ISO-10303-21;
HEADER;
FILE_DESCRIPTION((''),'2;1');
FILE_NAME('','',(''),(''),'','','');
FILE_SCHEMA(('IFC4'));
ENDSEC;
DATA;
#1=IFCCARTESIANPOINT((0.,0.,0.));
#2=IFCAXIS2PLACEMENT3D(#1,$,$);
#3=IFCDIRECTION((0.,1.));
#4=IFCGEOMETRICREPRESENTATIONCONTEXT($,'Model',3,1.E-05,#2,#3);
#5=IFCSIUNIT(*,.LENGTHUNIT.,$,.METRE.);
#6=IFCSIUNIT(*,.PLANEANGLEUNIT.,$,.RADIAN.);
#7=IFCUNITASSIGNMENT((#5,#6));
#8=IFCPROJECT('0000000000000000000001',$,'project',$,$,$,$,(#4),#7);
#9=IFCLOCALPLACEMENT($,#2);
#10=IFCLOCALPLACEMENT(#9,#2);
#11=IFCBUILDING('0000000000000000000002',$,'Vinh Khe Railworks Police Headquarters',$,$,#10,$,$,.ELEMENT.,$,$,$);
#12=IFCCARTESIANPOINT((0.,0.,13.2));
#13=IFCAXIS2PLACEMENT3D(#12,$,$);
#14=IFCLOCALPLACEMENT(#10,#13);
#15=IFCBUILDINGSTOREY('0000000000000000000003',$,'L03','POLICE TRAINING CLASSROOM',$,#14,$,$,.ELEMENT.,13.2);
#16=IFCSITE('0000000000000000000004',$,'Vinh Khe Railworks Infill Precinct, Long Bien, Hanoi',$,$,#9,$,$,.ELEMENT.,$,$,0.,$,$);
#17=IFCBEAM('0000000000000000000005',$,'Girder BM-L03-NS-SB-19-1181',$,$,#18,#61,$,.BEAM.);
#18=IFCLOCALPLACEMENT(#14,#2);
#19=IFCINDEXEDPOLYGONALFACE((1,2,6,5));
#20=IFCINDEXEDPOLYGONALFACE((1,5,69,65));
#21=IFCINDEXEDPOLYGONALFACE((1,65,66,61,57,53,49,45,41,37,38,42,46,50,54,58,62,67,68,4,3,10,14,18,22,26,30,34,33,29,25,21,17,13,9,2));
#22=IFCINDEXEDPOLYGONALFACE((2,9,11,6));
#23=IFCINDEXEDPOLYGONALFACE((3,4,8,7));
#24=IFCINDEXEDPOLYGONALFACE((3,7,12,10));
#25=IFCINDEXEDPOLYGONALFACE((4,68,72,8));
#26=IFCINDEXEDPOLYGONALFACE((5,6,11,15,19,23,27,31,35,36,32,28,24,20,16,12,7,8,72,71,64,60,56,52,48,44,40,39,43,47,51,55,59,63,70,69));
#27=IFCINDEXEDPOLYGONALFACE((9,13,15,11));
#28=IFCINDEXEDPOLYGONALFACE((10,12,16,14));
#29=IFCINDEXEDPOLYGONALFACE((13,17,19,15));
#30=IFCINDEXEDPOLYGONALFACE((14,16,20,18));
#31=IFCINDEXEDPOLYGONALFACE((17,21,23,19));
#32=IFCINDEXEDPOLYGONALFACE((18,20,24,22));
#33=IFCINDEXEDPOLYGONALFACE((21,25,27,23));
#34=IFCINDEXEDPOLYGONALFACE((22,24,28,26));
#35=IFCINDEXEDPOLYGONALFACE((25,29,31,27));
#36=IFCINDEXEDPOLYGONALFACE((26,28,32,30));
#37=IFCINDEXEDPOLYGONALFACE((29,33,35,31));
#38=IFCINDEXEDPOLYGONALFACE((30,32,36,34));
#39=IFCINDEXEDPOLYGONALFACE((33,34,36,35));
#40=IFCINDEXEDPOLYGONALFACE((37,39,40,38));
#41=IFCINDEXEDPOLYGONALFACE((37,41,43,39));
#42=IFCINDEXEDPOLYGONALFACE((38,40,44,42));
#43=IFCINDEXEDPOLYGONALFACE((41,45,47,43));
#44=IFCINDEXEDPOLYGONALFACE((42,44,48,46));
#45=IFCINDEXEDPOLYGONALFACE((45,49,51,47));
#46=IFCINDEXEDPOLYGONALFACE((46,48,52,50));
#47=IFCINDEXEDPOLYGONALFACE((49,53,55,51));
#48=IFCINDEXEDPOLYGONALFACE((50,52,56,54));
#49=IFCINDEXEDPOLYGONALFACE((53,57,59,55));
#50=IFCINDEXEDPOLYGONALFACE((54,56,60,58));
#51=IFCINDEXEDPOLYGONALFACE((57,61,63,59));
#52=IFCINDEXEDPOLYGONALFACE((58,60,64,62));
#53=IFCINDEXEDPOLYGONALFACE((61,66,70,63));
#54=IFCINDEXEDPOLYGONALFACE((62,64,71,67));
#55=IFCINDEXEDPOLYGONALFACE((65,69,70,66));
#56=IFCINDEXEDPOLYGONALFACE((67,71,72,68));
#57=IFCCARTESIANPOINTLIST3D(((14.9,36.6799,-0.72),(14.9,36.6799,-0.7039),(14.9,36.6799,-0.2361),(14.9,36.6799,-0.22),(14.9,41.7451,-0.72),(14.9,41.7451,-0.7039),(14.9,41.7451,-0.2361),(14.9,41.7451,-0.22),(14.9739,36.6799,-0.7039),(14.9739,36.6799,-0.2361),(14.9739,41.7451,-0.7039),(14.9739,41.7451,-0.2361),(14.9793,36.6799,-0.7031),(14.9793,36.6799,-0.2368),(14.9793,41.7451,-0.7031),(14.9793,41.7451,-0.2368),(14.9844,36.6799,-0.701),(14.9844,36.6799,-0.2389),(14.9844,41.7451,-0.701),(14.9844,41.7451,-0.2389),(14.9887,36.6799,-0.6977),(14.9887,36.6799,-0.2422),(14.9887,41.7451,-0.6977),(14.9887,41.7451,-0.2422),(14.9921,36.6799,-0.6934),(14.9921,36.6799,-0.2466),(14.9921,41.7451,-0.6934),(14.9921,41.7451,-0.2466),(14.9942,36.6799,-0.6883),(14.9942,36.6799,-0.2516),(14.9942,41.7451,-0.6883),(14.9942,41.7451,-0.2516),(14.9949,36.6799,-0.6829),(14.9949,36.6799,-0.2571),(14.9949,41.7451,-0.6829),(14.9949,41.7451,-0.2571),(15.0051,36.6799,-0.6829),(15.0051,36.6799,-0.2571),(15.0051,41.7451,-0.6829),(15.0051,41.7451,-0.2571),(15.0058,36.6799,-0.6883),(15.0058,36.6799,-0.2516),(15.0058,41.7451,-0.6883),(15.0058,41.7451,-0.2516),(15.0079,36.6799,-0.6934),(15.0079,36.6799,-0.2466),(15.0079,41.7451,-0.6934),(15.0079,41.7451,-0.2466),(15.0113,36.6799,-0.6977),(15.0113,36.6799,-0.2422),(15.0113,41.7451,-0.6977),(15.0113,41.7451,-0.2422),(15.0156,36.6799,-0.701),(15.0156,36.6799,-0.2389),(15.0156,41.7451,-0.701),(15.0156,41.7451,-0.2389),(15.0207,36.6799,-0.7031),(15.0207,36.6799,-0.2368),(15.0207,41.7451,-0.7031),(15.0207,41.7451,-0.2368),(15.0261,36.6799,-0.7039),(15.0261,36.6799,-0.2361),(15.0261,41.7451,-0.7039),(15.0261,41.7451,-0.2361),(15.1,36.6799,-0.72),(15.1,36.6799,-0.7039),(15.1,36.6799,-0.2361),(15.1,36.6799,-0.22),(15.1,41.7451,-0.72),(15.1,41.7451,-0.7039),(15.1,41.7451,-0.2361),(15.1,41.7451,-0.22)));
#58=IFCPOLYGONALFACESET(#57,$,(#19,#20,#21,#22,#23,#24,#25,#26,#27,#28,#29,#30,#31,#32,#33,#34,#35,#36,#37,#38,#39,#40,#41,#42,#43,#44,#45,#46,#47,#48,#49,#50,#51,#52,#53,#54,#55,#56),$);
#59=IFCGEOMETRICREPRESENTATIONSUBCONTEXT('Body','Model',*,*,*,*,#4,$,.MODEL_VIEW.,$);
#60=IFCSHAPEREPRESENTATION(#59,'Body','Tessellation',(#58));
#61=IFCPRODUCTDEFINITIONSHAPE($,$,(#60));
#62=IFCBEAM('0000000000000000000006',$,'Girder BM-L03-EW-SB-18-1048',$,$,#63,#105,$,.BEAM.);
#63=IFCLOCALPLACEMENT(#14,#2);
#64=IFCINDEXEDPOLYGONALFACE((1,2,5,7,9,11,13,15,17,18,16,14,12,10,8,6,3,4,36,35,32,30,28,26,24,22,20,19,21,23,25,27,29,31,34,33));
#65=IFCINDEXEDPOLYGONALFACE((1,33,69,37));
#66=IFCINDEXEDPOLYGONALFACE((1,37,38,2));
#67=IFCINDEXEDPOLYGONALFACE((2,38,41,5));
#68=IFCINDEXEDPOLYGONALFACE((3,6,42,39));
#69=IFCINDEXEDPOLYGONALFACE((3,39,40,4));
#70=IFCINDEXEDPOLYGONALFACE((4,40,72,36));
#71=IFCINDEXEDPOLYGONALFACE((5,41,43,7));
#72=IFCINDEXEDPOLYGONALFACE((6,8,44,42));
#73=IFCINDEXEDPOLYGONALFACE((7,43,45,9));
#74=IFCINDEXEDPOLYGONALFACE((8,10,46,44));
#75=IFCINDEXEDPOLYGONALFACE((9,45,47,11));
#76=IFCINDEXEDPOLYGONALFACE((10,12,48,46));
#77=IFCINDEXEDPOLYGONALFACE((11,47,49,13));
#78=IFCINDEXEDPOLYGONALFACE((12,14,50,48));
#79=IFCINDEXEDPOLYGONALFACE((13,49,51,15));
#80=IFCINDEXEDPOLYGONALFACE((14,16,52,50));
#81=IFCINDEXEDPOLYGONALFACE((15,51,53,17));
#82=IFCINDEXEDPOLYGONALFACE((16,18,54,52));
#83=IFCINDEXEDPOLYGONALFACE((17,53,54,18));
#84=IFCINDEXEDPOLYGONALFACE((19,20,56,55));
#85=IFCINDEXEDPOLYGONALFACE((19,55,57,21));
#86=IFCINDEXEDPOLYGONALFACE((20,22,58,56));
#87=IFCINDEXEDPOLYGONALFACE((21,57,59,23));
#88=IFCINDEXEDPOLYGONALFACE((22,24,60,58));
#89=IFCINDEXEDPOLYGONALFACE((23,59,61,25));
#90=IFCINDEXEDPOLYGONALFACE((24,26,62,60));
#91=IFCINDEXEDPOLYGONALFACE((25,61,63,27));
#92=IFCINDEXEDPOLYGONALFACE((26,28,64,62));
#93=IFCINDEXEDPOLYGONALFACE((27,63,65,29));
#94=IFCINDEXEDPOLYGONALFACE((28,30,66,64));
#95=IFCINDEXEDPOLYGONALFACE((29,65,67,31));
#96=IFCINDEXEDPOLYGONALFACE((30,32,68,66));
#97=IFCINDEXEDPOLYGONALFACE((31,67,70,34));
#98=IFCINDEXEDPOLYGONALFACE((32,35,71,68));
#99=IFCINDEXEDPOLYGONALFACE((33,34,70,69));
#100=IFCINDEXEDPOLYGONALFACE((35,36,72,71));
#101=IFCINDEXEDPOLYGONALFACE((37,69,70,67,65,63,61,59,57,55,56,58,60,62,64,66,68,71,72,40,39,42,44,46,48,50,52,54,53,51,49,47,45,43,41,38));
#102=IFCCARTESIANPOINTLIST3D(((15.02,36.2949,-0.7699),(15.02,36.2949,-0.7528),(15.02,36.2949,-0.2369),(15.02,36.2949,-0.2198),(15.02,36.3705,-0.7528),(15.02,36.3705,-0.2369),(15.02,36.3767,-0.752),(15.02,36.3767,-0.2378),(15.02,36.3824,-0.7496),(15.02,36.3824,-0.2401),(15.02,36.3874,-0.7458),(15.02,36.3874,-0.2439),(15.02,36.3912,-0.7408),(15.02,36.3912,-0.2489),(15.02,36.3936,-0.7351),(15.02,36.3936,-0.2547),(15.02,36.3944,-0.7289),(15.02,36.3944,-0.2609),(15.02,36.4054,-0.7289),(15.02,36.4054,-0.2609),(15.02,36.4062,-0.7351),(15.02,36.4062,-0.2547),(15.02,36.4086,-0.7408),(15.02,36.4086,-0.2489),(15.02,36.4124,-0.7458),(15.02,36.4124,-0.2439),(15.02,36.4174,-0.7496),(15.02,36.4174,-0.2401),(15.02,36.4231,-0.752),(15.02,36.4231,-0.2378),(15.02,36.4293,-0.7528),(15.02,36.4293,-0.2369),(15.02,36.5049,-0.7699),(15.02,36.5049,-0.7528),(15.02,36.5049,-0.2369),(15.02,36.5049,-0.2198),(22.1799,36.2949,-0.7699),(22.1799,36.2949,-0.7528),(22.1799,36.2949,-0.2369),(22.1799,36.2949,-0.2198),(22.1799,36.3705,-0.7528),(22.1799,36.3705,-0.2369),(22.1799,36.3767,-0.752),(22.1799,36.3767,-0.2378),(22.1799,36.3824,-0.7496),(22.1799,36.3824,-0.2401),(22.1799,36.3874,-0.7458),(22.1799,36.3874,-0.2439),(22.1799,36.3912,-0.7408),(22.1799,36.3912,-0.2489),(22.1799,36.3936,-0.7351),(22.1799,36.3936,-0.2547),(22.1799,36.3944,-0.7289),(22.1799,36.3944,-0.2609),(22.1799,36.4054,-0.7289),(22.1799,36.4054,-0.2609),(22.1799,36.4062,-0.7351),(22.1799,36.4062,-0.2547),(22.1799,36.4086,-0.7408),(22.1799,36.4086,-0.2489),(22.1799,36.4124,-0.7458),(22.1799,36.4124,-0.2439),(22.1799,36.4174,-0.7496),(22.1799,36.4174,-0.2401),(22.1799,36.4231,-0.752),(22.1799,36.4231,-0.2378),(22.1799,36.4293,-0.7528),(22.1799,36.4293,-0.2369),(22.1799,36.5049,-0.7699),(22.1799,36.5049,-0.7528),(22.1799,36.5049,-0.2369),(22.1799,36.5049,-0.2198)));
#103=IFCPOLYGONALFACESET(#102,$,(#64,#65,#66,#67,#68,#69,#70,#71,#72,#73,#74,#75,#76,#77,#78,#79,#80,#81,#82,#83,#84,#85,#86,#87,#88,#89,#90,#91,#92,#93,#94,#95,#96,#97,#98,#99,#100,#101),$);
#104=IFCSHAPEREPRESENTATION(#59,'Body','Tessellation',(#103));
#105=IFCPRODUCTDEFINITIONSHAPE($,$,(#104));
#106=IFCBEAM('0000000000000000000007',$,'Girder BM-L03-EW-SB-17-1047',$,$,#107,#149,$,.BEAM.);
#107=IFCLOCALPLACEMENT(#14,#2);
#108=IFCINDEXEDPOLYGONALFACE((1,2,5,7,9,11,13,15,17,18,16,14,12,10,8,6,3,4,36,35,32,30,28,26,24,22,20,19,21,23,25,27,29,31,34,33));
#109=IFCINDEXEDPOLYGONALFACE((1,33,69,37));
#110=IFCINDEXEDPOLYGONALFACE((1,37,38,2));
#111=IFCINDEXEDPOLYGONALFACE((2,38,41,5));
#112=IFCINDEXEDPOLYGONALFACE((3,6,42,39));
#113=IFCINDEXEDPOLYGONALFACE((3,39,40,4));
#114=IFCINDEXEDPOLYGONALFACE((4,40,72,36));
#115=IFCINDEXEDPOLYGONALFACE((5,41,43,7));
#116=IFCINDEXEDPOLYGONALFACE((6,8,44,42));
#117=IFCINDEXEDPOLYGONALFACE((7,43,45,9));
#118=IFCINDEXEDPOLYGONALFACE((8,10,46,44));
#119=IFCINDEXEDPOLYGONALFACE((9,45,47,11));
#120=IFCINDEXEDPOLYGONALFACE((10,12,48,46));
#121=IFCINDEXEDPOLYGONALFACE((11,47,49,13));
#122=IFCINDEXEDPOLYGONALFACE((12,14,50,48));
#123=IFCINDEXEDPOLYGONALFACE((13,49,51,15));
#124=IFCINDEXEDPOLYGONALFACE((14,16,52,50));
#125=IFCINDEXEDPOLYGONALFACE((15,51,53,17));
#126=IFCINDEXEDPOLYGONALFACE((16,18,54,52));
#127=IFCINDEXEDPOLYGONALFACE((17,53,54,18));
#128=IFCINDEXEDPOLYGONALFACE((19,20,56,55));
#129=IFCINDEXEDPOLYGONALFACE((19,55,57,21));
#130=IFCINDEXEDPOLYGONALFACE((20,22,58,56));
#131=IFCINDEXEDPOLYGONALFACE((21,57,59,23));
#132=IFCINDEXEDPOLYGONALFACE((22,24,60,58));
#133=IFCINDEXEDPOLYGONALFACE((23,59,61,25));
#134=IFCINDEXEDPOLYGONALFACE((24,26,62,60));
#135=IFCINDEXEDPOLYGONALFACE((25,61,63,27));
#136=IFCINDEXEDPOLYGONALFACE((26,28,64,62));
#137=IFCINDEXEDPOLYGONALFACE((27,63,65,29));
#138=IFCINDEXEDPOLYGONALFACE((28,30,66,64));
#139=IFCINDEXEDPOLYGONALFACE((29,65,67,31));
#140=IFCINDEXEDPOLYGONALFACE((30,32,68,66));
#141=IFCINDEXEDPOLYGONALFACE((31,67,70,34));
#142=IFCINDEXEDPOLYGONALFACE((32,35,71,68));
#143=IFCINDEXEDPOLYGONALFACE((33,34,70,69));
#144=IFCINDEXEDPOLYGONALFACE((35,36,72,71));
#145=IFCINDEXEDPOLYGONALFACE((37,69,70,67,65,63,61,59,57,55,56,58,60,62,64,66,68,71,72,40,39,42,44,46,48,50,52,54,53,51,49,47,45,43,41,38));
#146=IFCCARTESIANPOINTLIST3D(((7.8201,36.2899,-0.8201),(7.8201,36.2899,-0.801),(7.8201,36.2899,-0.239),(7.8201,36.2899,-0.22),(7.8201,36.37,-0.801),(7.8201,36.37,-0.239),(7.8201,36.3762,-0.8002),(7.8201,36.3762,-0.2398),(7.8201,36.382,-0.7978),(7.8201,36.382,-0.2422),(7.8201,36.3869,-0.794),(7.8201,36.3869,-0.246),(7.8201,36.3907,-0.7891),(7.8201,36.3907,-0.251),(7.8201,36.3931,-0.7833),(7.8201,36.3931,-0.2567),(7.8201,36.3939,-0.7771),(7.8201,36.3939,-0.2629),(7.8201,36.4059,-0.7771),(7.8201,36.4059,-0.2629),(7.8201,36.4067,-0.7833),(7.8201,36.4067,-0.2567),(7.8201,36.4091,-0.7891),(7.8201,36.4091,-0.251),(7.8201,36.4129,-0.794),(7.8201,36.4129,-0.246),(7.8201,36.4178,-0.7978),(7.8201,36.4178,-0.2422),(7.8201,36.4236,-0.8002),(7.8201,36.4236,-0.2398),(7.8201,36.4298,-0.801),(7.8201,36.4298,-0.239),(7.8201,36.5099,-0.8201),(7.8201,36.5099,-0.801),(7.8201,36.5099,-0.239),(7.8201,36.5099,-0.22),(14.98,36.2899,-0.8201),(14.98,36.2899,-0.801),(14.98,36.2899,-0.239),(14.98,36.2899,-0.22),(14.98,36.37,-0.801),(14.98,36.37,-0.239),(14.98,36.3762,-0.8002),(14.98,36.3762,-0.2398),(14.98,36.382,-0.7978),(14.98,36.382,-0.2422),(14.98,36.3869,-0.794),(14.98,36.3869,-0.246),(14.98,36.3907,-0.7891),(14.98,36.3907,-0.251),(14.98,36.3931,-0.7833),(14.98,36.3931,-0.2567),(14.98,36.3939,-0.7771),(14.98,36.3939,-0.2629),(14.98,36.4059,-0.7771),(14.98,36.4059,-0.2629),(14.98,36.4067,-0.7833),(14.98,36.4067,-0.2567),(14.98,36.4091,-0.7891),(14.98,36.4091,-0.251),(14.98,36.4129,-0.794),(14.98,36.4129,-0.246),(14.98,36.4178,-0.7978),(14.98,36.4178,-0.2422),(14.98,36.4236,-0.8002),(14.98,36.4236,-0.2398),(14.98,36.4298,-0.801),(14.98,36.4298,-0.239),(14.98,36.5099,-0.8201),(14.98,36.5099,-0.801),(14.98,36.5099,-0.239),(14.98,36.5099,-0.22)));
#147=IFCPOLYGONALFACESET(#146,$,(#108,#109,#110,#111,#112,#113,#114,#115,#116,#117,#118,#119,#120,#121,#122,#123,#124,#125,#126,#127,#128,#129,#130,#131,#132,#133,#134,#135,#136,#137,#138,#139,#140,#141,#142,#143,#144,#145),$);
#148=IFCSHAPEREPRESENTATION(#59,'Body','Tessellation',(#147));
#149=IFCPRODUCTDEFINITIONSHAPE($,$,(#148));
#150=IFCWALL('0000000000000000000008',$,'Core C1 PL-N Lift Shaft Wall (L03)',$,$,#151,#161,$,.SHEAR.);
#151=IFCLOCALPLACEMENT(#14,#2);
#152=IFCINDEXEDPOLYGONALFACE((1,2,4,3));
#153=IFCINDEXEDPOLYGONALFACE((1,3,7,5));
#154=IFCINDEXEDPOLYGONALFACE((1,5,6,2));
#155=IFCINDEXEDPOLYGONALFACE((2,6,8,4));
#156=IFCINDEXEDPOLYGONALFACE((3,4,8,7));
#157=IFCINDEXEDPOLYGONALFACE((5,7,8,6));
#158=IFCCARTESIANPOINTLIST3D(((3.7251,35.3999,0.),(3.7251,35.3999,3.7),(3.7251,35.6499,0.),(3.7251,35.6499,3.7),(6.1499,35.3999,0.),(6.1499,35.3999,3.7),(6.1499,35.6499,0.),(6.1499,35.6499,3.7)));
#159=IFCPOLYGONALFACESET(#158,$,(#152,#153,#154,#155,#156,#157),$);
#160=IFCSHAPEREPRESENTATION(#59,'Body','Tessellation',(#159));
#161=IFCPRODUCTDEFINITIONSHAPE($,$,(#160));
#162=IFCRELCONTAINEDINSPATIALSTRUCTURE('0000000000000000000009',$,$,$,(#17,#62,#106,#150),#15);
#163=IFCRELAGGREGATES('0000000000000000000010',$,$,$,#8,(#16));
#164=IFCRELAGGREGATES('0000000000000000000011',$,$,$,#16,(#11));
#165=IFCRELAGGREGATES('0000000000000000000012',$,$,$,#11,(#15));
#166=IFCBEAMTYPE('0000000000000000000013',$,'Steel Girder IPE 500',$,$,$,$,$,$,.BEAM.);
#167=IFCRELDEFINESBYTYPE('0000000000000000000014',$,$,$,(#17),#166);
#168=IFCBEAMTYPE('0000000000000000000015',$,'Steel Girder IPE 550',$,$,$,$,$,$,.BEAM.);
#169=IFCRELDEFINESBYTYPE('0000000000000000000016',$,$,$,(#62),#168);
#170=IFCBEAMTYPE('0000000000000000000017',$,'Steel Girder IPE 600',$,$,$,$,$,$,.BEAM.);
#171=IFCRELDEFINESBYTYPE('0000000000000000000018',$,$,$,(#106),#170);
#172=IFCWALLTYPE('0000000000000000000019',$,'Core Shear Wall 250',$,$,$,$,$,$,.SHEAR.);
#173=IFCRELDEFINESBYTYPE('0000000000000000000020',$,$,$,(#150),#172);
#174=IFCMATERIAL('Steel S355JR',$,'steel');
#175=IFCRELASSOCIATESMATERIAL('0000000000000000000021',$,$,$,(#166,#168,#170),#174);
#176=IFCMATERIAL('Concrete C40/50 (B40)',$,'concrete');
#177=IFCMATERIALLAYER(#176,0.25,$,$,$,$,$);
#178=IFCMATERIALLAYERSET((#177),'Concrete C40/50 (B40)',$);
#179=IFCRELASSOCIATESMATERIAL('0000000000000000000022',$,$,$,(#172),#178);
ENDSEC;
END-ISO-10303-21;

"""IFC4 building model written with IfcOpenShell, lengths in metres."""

from ifc_helpers import new_model, si_unit, direction, frame, frame_2d, origin, origin_2d, place, context, subcontext, project, spatial, rectangle, i_section, extrude, material, layer, layer_set, material_profile, profile_set, type_object, element, save


model = new_model("IFC4")

# Units and contexts
model_context = context("Model", 3, precision=1e-05, world=origin(), true_north=direction((0.0, 1.0)))
body_context = subcontext(model_context, "Body", "Model", "MODEL_VIEW")
ifc_project = project(units=[si_unit("LENGTHUNIT", "METRE"), si_unit("PLANEANGLEUNIT", "RADIAN")], contexts=[model_context])

# Site, building, storey
site_placement = place(None, origin())
site = spatial("IfcSite", under=ifc_project, at=site_placement, Name="Vinh Khe Railworks Infill Precinct, Long Bien, Hanoi", CompositionType="ELEMENT", RefElevation=0.0)
building_placement = place(site_placement, origin())
building = spatial("IfcBuilding", under=site, at=building_placement, Name="Vinh Khe Railworks Police Headquarters", CompositionType="ELEMENT")
storey_placement = place(building_placement, frame((0.0, 0.0, 13.2)))
storey = spatial("IfcBuildingStorey", under=building, at=storey_placement, Name="L03", Description="POLICE TRAINING CLASSROOM", CompositionType="ELEMENT", Elevation=13.2)

# Shared definitions
ifc_material_1 = material(Name="Steel S355JR", Category="steel")

# Beams
ifc_material_profile_1 = material_profile(ifc_material_1, i_section(OverallWidth=0.2, OverallDepth=0.5, WebThickness=0.0103, FlangeThickness=0.0161, FilletRadius=0.021, at=origin_2d()), Name="IPE 500")
ifc_profile_set_1 = profile_set([ifc_material_profile_1], Name="Steel S355JR")
beam_type_1 = type_object("IfcBeamType", Name="Steel Girder IPE 500", PredefinedType="BEAM", material=ifc_profile_set_1)
beam_1_placement = place(storey_placement, frame((15.0, 36.6799, -0.47), z_axis=(0.0, 1.0, 0.0), x_axis=(-1.0, 0.0, 0.0)))
element("IfcBeam", 1, at=beam_1_placement, inside=storey, type_object=beam_type_1, Name="Girder BM-L03-NS-SB-19-1181", PredefinedType="BEAM", context=body_context, shape_type="SweptSolid", body=[
    extrude(i_section(OverallWidth=0.2, OverallDepth=0.5, WebThickness=0.0103, FlangeThickness=0.0161, FilletRadius=0.021, at=origin_2d()), origin(), (0.0, 0.0, 1.0), 5.0652),
])
ifc_material_profile_2 = material_profile(ifc_material_1, i_section(OverallWidth=0.21, OverallDepth=0.55, WebThickness=0.011, FlangeThickness=0.0171, FilletRadius=0.0239, at=origin_2d()), Name="IPE 550")
ifc_profile_set_2 = profile_set([ifc_material_profile_2], Name="Steel S355JR")
beam_type_2 = type_object("IfcBeamType", Name="Steel Girder IPE 550", PredefinedType="BEAM", material=ifc_profile_set_2)
beam_2_placement = place(storey_placement, frame((15.02, 36.3999, -0.4949), z_axis=(1.0, 0.0, 0.0), x_axis=(0.0, 1.0, 0.0)))
element("IfcBeam", 2, at=beam_2_placement, inside=storey, type_object=beam_type_2, Name="Girder BM-L03-EW-SB-18-1048", PredefinedType="BEAM", context=body_context, shape_type="SweptSolid", body=[
    extrude(i_section(OverallWidth=0.21, OverallDepth=0.55, WebThickness=0.011, FlangeThickness=0.0171, FilletRadius=0.0239, at=origin_2d()), origin(), (0.0, 0.0, 1.0), 7.1599),
])
ifc_material_profile_3 = material_profile(ifc_material_1, i_section(OverallWidth=0.22, OverallDepth=0.6001, WebThickness=0.012, FlangeThickness=0.019, FilletRadius=0.0239, at=origin_2d()), Name="IPE 600")
ifc_profile_set_3 = profile_set([ifc_material_profile_3], Name="Steel S355JR")
beam_type_3 = type_object("IfcBeamType", Name="Steel Girder IPE 600", PredefinedType="BEAM", material=ifc_profile_set_3)
beam_3_placement = place(storey_placement, frame((7.8201, 36.3999, -0.52), z_axis=(1.0, 0.0, 0.0), x_axis=(0.0, 1.0, 0.0)))
element("IfcBeam", 3, at=beam_3_placement, inside=storey, type_object=beam_type_3, Name="Girder BM-L03-EW-SB-17-1047", PredefinedType="BEAM", context=body_context, shape_type="SweptSolid", body=[
    extrude(i_section(OverallWidth=0.22, OverallDepth=0.6001, WebThickness=0.012, FlangeThickness=0.019, FilletRadius=0.0239, at=origin_2d()), origin(), (0.0, 0.0, 1.0), 7.1599),
])

# Wall
ifc_material_2 = material(Name="Concrete C40/50 (B40)", Category="concrete")
ifc_layer_1 = layer(ifc_material_2, 0.25)
ifc_layer_set_1 = layer_set([ifc_layer_1], Name="Concrete C40/50 (B40)")
wall_type_1 = type_object("IfcWallType", Name="Core Shear Wall 250", PredefinedType="SHEAR", material=ifc_layer_set_1)
wall_1_placement = place(storey_placement, frame((3.7251, 35.5249, 0.0), z_axis=(0.0, 0.0, 1.0), x_axis=(1.0, 0.0, 0.0)))
element("IfcWall", 4, at=wall_1_placement, inside=storey, type_object=wall_type_1, Name="Core C1 PL-N Lift Shaft Wall (L03)", PredefinedType="SHEAR", context=body_context, shape_type="SweptSolid", body=[
    extrude(rectangle(XDim=2.4248, YDim=0.25, at=frame_2d((1.2124, 0.0))), origin(), (0.0, 0.0, 1.0), 3.7),
])

save(model, "model.ifc")
